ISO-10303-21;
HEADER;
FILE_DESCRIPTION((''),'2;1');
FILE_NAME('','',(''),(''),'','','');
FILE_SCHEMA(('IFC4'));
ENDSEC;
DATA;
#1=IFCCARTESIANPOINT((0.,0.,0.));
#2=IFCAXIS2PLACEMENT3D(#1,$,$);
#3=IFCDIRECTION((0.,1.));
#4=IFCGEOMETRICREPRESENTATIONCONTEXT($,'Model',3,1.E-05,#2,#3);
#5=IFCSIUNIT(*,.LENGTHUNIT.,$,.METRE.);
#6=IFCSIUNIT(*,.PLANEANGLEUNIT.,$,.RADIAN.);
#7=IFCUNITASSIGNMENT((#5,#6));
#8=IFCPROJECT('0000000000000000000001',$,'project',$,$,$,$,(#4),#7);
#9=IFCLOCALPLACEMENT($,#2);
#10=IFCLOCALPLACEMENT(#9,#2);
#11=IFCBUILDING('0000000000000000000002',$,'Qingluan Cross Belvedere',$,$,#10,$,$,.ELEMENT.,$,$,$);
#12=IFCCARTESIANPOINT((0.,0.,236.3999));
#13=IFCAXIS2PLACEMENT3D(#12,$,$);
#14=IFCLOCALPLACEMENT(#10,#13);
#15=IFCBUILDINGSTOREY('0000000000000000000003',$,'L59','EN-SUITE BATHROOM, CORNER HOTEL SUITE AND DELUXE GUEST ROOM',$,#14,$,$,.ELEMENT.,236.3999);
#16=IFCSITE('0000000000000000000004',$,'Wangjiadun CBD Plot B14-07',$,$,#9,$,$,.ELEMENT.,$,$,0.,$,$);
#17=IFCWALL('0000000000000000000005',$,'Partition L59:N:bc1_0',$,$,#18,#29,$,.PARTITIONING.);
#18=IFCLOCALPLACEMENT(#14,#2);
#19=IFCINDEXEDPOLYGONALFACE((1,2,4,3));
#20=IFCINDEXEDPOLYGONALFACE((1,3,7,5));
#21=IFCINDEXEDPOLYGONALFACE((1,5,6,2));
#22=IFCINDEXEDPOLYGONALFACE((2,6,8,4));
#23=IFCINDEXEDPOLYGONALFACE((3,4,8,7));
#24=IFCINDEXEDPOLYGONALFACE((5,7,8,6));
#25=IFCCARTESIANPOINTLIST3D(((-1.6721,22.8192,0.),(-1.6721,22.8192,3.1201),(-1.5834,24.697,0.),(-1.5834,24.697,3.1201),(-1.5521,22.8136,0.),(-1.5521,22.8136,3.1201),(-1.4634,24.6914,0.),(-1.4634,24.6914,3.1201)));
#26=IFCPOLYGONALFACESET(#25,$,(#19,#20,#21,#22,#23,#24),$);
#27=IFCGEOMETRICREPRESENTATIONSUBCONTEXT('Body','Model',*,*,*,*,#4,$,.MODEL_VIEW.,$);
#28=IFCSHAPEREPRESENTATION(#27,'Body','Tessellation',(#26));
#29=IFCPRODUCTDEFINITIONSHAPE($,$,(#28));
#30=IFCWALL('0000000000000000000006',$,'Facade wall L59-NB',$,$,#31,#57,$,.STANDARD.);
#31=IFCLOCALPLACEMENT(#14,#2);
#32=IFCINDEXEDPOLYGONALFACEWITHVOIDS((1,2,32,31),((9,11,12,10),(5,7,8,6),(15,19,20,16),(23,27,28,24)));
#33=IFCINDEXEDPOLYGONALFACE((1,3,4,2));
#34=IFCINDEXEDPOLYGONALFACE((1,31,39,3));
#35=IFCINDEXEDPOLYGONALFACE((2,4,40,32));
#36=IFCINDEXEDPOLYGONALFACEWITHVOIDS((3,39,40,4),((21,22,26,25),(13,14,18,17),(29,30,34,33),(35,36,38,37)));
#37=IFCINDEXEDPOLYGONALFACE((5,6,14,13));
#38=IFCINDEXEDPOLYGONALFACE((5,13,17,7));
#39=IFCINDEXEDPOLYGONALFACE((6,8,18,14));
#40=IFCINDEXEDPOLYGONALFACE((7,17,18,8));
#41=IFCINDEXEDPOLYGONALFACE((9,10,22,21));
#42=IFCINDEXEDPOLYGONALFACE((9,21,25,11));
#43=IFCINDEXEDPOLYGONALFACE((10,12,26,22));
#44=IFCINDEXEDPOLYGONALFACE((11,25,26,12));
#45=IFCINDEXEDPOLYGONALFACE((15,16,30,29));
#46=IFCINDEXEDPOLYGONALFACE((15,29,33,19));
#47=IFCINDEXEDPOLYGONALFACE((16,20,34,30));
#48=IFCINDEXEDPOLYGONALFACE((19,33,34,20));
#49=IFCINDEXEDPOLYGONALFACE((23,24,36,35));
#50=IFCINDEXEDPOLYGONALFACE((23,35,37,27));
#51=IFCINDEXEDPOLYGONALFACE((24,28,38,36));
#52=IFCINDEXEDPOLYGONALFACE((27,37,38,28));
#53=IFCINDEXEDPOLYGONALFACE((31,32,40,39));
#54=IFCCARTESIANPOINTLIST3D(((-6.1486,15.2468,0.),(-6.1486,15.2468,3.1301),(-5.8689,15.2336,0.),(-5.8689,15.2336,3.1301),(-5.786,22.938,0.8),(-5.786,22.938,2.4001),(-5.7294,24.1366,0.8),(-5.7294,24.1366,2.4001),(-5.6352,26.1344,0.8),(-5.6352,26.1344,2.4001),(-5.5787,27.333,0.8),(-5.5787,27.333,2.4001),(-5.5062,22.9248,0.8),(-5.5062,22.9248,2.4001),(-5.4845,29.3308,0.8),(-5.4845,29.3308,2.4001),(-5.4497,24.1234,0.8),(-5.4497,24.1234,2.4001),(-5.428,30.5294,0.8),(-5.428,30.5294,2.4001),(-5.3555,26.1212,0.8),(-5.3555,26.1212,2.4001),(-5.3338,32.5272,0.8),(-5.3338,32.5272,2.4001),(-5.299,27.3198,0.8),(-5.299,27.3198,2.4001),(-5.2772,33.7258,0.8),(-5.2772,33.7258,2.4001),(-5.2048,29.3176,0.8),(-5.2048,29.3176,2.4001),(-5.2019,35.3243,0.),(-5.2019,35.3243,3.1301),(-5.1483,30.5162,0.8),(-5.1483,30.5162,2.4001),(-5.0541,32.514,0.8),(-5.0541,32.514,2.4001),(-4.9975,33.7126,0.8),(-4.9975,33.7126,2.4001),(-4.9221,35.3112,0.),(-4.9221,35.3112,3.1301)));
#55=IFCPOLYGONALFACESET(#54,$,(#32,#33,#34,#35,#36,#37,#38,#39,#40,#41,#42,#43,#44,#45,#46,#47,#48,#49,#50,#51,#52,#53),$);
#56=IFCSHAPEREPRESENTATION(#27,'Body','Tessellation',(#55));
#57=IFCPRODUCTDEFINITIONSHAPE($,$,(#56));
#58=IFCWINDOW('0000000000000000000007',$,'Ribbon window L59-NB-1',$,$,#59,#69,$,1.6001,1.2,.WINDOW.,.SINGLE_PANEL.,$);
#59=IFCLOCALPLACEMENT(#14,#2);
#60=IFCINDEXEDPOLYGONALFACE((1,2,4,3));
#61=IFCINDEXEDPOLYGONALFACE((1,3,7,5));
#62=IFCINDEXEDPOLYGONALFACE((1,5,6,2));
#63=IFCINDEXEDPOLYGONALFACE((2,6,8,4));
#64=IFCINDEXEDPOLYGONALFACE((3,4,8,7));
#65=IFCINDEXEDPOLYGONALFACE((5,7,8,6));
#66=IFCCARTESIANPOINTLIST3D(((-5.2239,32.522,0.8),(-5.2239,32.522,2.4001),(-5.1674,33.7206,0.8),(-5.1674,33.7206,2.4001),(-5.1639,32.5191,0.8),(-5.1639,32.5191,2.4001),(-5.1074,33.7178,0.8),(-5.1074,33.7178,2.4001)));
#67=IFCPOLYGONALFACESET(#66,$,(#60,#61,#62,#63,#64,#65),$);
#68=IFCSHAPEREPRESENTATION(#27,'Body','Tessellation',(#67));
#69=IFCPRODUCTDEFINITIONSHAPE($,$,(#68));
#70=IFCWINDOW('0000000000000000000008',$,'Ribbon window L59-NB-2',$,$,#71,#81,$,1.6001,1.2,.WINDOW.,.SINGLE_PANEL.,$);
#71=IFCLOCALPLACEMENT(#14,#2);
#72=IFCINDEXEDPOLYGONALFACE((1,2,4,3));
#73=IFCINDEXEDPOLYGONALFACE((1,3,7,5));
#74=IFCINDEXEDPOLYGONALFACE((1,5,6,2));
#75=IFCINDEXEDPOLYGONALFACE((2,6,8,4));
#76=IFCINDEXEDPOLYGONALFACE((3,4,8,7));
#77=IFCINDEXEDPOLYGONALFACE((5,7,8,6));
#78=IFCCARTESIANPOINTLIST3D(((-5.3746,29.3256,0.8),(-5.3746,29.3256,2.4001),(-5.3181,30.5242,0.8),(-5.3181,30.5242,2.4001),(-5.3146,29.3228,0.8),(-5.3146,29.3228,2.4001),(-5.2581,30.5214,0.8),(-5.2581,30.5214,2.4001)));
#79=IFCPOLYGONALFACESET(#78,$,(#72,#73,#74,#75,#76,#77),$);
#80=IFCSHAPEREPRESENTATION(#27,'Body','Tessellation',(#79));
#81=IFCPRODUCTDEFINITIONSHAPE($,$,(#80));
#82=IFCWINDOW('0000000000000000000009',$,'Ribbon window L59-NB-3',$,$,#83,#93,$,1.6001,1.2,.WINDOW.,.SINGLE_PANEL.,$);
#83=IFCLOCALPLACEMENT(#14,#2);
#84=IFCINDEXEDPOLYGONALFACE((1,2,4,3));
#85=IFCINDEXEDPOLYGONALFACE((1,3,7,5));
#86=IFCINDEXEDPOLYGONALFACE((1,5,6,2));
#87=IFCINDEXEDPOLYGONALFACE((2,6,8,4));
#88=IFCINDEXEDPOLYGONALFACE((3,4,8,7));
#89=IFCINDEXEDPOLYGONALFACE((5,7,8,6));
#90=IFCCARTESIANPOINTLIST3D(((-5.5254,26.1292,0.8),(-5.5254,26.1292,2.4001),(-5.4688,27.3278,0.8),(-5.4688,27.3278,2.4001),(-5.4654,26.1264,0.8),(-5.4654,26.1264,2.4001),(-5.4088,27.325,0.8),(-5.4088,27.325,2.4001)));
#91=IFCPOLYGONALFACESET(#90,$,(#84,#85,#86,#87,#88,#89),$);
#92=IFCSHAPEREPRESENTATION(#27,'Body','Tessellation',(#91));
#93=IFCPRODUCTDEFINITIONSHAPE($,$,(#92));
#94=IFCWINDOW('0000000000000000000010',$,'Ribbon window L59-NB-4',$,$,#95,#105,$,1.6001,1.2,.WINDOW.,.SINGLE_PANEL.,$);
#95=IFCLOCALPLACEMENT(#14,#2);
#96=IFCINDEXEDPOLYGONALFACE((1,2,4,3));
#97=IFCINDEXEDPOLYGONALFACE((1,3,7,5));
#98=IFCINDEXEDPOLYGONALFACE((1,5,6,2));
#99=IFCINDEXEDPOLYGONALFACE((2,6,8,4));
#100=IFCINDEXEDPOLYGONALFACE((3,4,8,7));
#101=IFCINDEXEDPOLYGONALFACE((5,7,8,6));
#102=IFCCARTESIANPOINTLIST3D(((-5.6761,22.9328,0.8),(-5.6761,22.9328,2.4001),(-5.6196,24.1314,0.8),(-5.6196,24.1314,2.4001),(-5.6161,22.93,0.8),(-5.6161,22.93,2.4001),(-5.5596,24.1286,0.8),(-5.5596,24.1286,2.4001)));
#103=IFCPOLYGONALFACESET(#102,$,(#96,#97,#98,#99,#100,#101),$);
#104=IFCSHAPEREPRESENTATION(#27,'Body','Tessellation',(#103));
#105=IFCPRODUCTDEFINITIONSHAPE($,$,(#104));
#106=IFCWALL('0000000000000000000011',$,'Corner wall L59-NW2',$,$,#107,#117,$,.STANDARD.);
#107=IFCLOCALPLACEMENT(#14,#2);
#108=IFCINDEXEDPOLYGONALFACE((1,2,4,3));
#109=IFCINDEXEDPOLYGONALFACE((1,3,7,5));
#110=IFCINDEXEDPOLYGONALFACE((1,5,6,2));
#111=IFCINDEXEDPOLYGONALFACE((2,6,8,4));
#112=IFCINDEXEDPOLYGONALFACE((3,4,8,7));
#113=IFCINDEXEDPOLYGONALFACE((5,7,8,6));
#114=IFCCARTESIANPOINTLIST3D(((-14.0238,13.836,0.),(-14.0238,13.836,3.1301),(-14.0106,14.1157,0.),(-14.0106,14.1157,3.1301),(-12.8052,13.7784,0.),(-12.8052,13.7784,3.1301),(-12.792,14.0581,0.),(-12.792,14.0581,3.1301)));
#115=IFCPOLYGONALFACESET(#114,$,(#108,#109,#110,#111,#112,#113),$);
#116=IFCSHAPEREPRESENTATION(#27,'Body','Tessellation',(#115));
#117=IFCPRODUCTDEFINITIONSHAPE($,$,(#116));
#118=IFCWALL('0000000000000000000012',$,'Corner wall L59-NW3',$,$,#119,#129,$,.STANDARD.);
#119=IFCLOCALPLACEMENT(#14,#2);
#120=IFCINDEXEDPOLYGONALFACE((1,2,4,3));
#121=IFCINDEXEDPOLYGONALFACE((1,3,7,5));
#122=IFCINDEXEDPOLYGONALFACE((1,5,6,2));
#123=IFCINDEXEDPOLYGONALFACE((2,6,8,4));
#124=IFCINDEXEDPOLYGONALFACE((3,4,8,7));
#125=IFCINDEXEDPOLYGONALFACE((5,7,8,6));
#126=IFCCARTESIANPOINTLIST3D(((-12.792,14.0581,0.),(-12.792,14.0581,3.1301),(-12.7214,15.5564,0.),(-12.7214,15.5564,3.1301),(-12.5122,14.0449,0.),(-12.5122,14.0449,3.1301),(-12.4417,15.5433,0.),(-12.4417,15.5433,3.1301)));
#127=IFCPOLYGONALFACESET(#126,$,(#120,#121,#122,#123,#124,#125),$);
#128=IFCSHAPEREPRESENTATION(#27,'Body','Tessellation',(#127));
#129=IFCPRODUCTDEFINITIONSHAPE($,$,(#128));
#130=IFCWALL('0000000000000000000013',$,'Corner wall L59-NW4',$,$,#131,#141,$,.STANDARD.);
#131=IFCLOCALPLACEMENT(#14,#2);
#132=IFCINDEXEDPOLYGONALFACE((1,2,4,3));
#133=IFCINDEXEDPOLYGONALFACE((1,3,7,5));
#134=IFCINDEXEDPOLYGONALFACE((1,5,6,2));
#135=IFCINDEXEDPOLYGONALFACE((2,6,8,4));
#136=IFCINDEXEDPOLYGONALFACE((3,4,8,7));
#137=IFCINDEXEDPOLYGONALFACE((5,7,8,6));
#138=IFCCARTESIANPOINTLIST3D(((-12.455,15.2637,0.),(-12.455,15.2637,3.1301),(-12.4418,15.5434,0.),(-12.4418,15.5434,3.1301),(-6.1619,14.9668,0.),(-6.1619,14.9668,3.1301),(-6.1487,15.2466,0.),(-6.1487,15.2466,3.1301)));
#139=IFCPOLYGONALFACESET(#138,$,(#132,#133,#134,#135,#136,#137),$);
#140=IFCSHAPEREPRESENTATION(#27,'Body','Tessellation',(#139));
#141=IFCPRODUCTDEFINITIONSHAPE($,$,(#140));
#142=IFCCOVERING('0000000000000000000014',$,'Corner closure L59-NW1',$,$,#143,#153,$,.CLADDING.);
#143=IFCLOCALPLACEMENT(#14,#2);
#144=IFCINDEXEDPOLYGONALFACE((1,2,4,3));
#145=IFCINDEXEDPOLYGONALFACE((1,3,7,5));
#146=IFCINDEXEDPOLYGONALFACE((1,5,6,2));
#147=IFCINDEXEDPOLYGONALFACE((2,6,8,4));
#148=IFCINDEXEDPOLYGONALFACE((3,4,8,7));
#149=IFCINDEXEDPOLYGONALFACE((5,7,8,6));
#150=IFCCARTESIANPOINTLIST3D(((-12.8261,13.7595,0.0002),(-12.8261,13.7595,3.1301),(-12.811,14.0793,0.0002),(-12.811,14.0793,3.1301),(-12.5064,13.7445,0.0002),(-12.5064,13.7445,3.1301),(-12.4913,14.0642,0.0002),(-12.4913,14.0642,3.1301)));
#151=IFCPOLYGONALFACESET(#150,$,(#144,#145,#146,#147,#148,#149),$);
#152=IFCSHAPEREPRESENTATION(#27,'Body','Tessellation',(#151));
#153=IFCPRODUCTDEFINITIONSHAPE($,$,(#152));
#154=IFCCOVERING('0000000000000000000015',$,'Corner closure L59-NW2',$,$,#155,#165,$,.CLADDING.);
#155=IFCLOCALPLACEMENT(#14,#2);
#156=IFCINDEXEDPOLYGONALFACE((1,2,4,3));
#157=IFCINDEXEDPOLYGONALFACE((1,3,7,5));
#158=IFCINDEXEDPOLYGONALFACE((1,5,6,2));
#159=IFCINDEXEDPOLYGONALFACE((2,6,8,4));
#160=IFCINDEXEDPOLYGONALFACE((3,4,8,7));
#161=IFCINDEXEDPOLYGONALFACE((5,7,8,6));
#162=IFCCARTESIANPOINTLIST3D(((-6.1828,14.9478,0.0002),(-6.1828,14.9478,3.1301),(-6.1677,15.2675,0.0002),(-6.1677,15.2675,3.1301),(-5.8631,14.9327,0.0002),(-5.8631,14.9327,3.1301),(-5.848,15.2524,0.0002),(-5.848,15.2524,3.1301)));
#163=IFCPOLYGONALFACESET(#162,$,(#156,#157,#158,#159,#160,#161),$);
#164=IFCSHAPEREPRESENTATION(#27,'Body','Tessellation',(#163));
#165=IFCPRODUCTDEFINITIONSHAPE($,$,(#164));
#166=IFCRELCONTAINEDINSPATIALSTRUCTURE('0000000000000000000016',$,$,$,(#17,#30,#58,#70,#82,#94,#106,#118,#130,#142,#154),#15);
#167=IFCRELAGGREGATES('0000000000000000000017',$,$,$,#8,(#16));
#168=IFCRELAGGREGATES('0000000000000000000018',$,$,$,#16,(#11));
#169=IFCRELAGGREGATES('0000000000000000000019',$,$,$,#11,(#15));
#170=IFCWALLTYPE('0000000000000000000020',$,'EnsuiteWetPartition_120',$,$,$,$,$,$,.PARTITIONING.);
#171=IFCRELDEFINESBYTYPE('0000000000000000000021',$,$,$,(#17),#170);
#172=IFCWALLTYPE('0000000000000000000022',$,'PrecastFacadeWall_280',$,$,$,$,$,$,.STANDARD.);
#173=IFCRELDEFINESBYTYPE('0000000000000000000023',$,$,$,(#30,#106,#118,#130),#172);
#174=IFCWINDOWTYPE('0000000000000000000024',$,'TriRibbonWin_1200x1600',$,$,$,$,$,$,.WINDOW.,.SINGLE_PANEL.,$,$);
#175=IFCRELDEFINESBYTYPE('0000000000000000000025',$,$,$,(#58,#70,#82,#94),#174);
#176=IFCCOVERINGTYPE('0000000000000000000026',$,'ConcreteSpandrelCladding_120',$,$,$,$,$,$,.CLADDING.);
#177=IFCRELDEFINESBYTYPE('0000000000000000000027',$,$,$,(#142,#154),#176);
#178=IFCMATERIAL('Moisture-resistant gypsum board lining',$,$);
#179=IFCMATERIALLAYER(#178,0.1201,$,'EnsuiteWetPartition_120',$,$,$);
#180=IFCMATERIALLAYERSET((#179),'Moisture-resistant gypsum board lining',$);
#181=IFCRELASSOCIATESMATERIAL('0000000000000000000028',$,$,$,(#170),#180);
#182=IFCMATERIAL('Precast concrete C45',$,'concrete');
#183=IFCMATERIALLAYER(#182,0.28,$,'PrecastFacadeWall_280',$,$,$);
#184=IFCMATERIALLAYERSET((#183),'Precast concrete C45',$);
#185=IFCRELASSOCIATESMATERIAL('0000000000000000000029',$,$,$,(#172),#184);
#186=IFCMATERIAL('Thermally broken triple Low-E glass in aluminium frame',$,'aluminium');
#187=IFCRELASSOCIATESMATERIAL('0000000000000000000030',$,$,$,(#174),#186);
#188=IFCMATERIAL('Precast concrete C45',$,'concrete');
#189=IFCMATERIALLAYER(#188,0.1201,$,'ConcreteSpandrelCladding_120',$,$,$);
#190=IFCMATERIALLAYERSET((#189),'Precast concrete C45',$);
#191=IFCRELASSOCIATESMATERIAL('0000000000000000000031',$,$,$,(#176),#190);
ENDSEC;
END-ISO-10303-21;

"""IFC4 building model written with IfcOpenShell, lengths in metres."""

from ifc_helpers import new_model, si_unit, direction, frame, frame_2d, origin, origin_2d, place, context, subcontext, project, spatial, rectangle, extrude, material, layer, layer_set, type_object, element, fill, save


model = new_model("IFC4")

# Units and contexts
model_context = context("Model", 3, precision=1e-05, world=origin(), true_north=direction((0.0, 1.0)))
body_context = subcontext(model_context, "Body", "Model", "MODEL_VIEW")
ifc_project = project(units=[si_unit("LENGTHUNIT", "METRE"), si_unit("PLANEANGLEUNIT", "RADIAN")], contexts=[model_context])

# Site, building, storey
site_placement = place(None, origin())
site = spatial("IfcSite", under=ifc_project, at=site_placement, Name="Wangjiadun CBD Plot B14-07", CompositionType="ELEMENT", RefElevation=0.0)
building_placement = place(site_placement, origin())
building = spatial("IfcBuilding", under=site, at=building_placement, Name="Qingluan Cross Belvedere", CompositionType="ELEMENT")
storey_placement = place(building_placement, frame((0.0, 0.0, 236.3999)))
storey = spatial("IfcBuildingStorey", under=building, at=storey_placement, Name="L59", Description="EN-SUITE BATHROOM, CORNER HOTEL SUITE AND DELUXE GUEST ROOM", CompositionType="ELEMENT", Elevation=236.3999)

# Shared definitions
ifc_material_1 = material(Name="Moisture-resistant gypsum board lining")
ifc_layer_1 = layer(ifc_material_1, 0.1201, Name="EnsuiteWetPartition_120")
ifc_layer_set_1 = layer_set([ifc_layer_1], Name="Moisture-resistant gypsum board lining")
wall_type_1 = type_object("IfcWallType", Name="EnsuiteWetPartition_120", PredefinedType="PARTITIONING", material=ifc_layer_set_1)

# Wall
wall_1_placement = place(storey_placement, frame((-1.6121, 22.8164, 0.0), z_axis=(0.0, 0.0, 1.0), x_axis=(0.047146, 0.998888, 0.0)))
element("IfcWall", 1, at=wall_1_placement, inside=storey, type_object=wall_type_1, Name="Partition L59:N:bc1_0", PredefinedType="PARTITIONING", context=body_context, shape_type="SweptSolid", body=[
    extrude(rectangle(XDim=1.8799, YDim=0.1201, at=frame_2d((0.9399, 0.0))), origin(), (0.0, 0.0, 1.0), 3.1201),
])

# Wall, openings, windows
ifc_material_2 = material(Name="Precast concrete C45", Category="concrete")
ifc_layer_2 = layer(ifc_material_2, 0.28, Name="PrecastFacadeWall_280")
ifc_layer_set_2 = layer_set([ifc_layer_2], Name="Precast concrete C45")
wall_type_2 = type_object("IfcWallType", Name="PrecastFacadeWall_280", PredefinedType="STANDARD", material=ifc_layer_set_2)
wall_2_placement = place(storey_placement, frame((-5.062, 35.3176, 0.0), z_axis=(0.0, 0.0, 1.0), x_axis=(-0.047103, -0.99889, 0.0)))
wall_2 = element("IfcWall", 2, at=wall_2_placement, inside=storey, type_object=wall_type_2, Name="Facade wall L59-NB", PredefinedType="STANDARD", context=body_context, shape_type="SweptSolid", body=[
    extrude(rectangle(XDim=20.0999, YDim=0.28, at=frame_2d((10.0498, 0.0))), origin(), (0.0, 0.0, 1.0), 3.1301),
])
opening_1_placement = place(wall_2_placement, frame((1.6001, 0.0, 0.8)))
opening_1 = element("IfcOpeningElement", 3, at=opening_1_placement, cuts=wall_2, PredefinedType="OPENING", context=body_context, shape_type="SweptSolid", body=[
    extrude(rectangle(XDim=1.2, YDim=1.6001, at=frame_2d((0.6001, 0.8))), frame((0.0, 0.1499, 0.0), z_axis=(0.0, -1.0, 0.0), x_axis=(1.0, 0.0, 0.0)), (0.0, 0.0, 1.0), 0.3),
])
opening_2_placement = place(wall_2_placement, frame((4.8, 0.0, 0.8)))
opening_2 = element("IfcOpeningElement", 4, at=opening_2_placement, cuts=wall_2, PredefinedType="OPENING", context=body_context, shape_type="SweptSolid", body=[
    extrude(rectangle(XDim=1.2, YDim=1.6001, at=frame_2d((0.6001, 0.8))), frame((0.0, 0.1499, 0.0), z_axis=(0.0, -1.0, 0.0), x_axis=(1.0, 0.0, 0.0)), (0.0, 0.0, 1.0), 0.3),
])
opening_3_placement = place(wall_2_placement, frame((8.0, 0.0, 0.8)))
opening_3 = element("IfcOpeningElement", 5, at=opening_3_placement, cuts=wall_2, PredefinedType="OPENING", context=body_context, shape_type="SweptSolid", body=[
    extrude(rectangle(XDim=1.2, YDim=1.6001, at=frame_2d((0.6001, 0.8))), frame((0.0, 0.1499, 0.0), z_axis=(0.0, -1.0, 0.0), x_axis=(1.0, 0.0, 0.0)), (0.0, 0.0, 1.0), 0.3),
])
opening_4_placement = place(wall_2_placement, frame((11.2, 0.0, 0.8)))
opening_4 = element("IfcOpeningElement", 6, at=opening_4_placement, cuts=wall_2, PredefinedType="OPENING", context=body_context, shape_type="SweptSolid", body=[
    extrude(rectangle(XDim=1.2, YDim=1.6001, at=frame_2d((0.6001, 0.8))), frame((0.0, 0.1499, 0.0), z_axis=(0.0, -1.0, 0.0), x_axis=(1.0, 0.0, 0.0)), (0.0, 0.0, 1.0), 0.3),
])
ifc_material_3 = material(Name="Thermally broken triple Low-E glass in aluminium frame", Category="aluminium")
window_type = type_object("IfcWindowType", Name="TriRibbonWin_1200x1600", PartitioningType="SINGLE_PANEL", PredefinedType="WINDOW", material=ifc_material_3)
window_1_placement = place(opening_1_placement, origin())
window_1 = element("IfcWindow", 7, at=window_1_placement, inside=storey, type_object=window_type, Name="Ribbon window L59-NB-1", OverallHeight=1.6001, OverallWidth=1.2, PartitioningType="SINGLE_PANEL", PredefinedType="WINDOW", context=body_context, shape_type="SweptSolid", body=[
    extrude(rectangle(XDim=1.2, YDim=1.6001, at=frame_2d((0.6001, 0.8))), frame((0.0, 0.03, 0.0), z_axis=(0.0, -1.0, 0.0), x_axis=(1.0, 0.0, 0.0)), (0.0, 0.0, 1.0), 0.0601),
])
fill(opening_1, window_1)
window_2_placement = place(opening_2_placement, origin())
window_2 = element("IfcWindow", 8, at=window_2_placement, inside=storey, type_object=window_type, Name="Ribbon window L59-NB-2", OverallHeight=1.6001, OverallWidth=1.2, PartitioningType="SINGLE_PANEL", PredefinedType="WINDOW", context=body_context, shape_type="SweptSolid", body=[
    extrude(rectangle(XDim=1.2, YDim=1.6001, at=frame_2d((0.6001, 0.8))), frame((0.0, 0.03, 0.0), z_axis=(0.0, -1.0, 0.0), x_axis=(1.0, 0.0, 0.0)), (0.0, 0.0, 1.0), 0.0601),
])
fill(opening_2, window_2)
window_3_placement = place(opening_3_placement, origin())
window_3 = element("IfcWindow", 9, at=window_3_placement, inside=storey, type_object=window_type, Name="Ribbon window L59-NB-3", OverallHeight=1.6001, OverallWidth=1.2, PartitioningType="SINGLE_PANEL", PredefinedType="WINDOW", context=body_context, shape_type="SweptSolid", body=[
    extrude(rectangle(XDim=1.2, YDim=1.6001, at=frame_2d((0.6001, 0.8))), frame((0.0, 0.03, 0.0), z_axis=(0.0, -1.0, 0.0), x_axis=(1.0, 0.0, 0.0)), (0.0, 0.0, 1.0), 0.0601),
])
fill(opening_3, window_3)
window_4_placement = place(opening_4_placement, origin())
window_4 = element("IfcWindow", 10, at=window_4_placement, inside=storey, type_object=window_type, Name="Ribbon window L59-NB-4", OverallHeight=1.6001, OverallWidth=1.2, PartitioningType="SINGLE_PANEL", PredefinedType="WINDOW", context=body_context, shape_type="SweptSolid", body=[
    extrude(rectangle(XDim=1.2, YDim=1.6001, at=frame_2d((0.6001, 0.8))), frame((0.0, 0.03, 0.0), z_axis=(0.0, -1.0, 0.0), x_axis=(1.0, 0.0, 0.0)), (0.0, 0.0, 1.0), 0.0601),
])
fill(opening_4, window_4)

# Walls
wall_3_placement = place(storey_placement, frame((-14.0171, 13.9758, 0.0), z_axis=(0.0, 0.0, 1.0), x_axis=(0.998884, -0.047232, 0.0)))
element("IfcWall", 11, at=wall_3_placement, inside=storey, type_object=wall_type_2, Name="Corner wall L59-NW2", PredefinedType="STANDARD", context=body_context, shape_type="SweptSolid", body=[
    extrude(rectangle(XDim=1.22, YDim=0.28, at=frame_2d((0.6099, 0.0))), origin(), (0.0, 0.0, 1.0), 3.1301),
])
wall_4_placement = place(storey_placement, frame((-12.6521, 14.0515, 0.0), z_axis=(0.0, 0.0, 1.0), x_axis=(0.047039, 0.998893, 0.0)))
element("IfcWall", 12, at=wall_4_placement, inside=storey, type_object=wall_type_2, Name="Corner wall L59-NW3", PredefinedType="STANDARD", context=body_context, shape_type="SweptSolid", body=[
    extrude(rectangle(XDim=1.5, YDim=0.28, at=frame_2d((0.75, 0.0))), origin(), (0.0, 0.0, 1.0), 3.1301),
])
wall_5_placement = place(storey_placement, frame((-12.4482, 15.4036, 0.0), z_axis=(0.0, 0.0, 1.0), x_axis=(0.998889, -0.047123, 0.0)))
element("IfcWall", 13, at=wall_5_placement, inside=storey, type_object=wall_type_2, Name="Corner wall L59-NW4", PredefinedType="STANDARD", context=body_context, shape_type="SweptSolid", body=[
    extrude(rectangle(XDim=6.3, YDim=0.28, at=frame_2d((3.1499, 0.0))), origin(), (0.0, 0.0, 1.0), 3.1301),
])

# Coverings
ifc_material_4 = material(Name="Precast concrete C45", Category="concrete")
ifc_layer_3 = layer(ifc_material_4, 0.1201, Name="ConcreteSpandrelCladding_120")
ifc_layer_set_3 = layer_set([ifc_layer_3], Name="Precast concrete C45")
covering_type = type_object("IfcCoveringType", Name="ConcreteSpandrelCladding_120", PredefinedType="CLADDING", material=ifc_layer_set_3)
for number, where, z_axis, x_axis, name in (
    (14, (-12.6587, 13.9119, 0.0002), (0.0, 0.0, 1.0), (0.99889, -0.047106, 0.0), "Corner closure L59-NW1"),
    (15, (-6.0154, 15.1001, 0.0002), (0.0, 0.0, 1.0), (0.99889, -0.047106, 0.0), "Corner closure L59-NW2"),
):
    element("IfcCovering", number, at=place(storey_placement, frame(where, z_axis=z_axis, x_axis=x_axis)), inside=storey, type_object=covering_type, Name=name, PredefinedType="CLADDING", context=body_context, shape_type="SweptSolid", body=[
        extrude(rectangle(XDim=0.3201, YDim=0.3201, at=origin_2d()), origin(), (0.0, 0.0, 1.0), 3.1299),
    ])

save(model, "model.ifc")
